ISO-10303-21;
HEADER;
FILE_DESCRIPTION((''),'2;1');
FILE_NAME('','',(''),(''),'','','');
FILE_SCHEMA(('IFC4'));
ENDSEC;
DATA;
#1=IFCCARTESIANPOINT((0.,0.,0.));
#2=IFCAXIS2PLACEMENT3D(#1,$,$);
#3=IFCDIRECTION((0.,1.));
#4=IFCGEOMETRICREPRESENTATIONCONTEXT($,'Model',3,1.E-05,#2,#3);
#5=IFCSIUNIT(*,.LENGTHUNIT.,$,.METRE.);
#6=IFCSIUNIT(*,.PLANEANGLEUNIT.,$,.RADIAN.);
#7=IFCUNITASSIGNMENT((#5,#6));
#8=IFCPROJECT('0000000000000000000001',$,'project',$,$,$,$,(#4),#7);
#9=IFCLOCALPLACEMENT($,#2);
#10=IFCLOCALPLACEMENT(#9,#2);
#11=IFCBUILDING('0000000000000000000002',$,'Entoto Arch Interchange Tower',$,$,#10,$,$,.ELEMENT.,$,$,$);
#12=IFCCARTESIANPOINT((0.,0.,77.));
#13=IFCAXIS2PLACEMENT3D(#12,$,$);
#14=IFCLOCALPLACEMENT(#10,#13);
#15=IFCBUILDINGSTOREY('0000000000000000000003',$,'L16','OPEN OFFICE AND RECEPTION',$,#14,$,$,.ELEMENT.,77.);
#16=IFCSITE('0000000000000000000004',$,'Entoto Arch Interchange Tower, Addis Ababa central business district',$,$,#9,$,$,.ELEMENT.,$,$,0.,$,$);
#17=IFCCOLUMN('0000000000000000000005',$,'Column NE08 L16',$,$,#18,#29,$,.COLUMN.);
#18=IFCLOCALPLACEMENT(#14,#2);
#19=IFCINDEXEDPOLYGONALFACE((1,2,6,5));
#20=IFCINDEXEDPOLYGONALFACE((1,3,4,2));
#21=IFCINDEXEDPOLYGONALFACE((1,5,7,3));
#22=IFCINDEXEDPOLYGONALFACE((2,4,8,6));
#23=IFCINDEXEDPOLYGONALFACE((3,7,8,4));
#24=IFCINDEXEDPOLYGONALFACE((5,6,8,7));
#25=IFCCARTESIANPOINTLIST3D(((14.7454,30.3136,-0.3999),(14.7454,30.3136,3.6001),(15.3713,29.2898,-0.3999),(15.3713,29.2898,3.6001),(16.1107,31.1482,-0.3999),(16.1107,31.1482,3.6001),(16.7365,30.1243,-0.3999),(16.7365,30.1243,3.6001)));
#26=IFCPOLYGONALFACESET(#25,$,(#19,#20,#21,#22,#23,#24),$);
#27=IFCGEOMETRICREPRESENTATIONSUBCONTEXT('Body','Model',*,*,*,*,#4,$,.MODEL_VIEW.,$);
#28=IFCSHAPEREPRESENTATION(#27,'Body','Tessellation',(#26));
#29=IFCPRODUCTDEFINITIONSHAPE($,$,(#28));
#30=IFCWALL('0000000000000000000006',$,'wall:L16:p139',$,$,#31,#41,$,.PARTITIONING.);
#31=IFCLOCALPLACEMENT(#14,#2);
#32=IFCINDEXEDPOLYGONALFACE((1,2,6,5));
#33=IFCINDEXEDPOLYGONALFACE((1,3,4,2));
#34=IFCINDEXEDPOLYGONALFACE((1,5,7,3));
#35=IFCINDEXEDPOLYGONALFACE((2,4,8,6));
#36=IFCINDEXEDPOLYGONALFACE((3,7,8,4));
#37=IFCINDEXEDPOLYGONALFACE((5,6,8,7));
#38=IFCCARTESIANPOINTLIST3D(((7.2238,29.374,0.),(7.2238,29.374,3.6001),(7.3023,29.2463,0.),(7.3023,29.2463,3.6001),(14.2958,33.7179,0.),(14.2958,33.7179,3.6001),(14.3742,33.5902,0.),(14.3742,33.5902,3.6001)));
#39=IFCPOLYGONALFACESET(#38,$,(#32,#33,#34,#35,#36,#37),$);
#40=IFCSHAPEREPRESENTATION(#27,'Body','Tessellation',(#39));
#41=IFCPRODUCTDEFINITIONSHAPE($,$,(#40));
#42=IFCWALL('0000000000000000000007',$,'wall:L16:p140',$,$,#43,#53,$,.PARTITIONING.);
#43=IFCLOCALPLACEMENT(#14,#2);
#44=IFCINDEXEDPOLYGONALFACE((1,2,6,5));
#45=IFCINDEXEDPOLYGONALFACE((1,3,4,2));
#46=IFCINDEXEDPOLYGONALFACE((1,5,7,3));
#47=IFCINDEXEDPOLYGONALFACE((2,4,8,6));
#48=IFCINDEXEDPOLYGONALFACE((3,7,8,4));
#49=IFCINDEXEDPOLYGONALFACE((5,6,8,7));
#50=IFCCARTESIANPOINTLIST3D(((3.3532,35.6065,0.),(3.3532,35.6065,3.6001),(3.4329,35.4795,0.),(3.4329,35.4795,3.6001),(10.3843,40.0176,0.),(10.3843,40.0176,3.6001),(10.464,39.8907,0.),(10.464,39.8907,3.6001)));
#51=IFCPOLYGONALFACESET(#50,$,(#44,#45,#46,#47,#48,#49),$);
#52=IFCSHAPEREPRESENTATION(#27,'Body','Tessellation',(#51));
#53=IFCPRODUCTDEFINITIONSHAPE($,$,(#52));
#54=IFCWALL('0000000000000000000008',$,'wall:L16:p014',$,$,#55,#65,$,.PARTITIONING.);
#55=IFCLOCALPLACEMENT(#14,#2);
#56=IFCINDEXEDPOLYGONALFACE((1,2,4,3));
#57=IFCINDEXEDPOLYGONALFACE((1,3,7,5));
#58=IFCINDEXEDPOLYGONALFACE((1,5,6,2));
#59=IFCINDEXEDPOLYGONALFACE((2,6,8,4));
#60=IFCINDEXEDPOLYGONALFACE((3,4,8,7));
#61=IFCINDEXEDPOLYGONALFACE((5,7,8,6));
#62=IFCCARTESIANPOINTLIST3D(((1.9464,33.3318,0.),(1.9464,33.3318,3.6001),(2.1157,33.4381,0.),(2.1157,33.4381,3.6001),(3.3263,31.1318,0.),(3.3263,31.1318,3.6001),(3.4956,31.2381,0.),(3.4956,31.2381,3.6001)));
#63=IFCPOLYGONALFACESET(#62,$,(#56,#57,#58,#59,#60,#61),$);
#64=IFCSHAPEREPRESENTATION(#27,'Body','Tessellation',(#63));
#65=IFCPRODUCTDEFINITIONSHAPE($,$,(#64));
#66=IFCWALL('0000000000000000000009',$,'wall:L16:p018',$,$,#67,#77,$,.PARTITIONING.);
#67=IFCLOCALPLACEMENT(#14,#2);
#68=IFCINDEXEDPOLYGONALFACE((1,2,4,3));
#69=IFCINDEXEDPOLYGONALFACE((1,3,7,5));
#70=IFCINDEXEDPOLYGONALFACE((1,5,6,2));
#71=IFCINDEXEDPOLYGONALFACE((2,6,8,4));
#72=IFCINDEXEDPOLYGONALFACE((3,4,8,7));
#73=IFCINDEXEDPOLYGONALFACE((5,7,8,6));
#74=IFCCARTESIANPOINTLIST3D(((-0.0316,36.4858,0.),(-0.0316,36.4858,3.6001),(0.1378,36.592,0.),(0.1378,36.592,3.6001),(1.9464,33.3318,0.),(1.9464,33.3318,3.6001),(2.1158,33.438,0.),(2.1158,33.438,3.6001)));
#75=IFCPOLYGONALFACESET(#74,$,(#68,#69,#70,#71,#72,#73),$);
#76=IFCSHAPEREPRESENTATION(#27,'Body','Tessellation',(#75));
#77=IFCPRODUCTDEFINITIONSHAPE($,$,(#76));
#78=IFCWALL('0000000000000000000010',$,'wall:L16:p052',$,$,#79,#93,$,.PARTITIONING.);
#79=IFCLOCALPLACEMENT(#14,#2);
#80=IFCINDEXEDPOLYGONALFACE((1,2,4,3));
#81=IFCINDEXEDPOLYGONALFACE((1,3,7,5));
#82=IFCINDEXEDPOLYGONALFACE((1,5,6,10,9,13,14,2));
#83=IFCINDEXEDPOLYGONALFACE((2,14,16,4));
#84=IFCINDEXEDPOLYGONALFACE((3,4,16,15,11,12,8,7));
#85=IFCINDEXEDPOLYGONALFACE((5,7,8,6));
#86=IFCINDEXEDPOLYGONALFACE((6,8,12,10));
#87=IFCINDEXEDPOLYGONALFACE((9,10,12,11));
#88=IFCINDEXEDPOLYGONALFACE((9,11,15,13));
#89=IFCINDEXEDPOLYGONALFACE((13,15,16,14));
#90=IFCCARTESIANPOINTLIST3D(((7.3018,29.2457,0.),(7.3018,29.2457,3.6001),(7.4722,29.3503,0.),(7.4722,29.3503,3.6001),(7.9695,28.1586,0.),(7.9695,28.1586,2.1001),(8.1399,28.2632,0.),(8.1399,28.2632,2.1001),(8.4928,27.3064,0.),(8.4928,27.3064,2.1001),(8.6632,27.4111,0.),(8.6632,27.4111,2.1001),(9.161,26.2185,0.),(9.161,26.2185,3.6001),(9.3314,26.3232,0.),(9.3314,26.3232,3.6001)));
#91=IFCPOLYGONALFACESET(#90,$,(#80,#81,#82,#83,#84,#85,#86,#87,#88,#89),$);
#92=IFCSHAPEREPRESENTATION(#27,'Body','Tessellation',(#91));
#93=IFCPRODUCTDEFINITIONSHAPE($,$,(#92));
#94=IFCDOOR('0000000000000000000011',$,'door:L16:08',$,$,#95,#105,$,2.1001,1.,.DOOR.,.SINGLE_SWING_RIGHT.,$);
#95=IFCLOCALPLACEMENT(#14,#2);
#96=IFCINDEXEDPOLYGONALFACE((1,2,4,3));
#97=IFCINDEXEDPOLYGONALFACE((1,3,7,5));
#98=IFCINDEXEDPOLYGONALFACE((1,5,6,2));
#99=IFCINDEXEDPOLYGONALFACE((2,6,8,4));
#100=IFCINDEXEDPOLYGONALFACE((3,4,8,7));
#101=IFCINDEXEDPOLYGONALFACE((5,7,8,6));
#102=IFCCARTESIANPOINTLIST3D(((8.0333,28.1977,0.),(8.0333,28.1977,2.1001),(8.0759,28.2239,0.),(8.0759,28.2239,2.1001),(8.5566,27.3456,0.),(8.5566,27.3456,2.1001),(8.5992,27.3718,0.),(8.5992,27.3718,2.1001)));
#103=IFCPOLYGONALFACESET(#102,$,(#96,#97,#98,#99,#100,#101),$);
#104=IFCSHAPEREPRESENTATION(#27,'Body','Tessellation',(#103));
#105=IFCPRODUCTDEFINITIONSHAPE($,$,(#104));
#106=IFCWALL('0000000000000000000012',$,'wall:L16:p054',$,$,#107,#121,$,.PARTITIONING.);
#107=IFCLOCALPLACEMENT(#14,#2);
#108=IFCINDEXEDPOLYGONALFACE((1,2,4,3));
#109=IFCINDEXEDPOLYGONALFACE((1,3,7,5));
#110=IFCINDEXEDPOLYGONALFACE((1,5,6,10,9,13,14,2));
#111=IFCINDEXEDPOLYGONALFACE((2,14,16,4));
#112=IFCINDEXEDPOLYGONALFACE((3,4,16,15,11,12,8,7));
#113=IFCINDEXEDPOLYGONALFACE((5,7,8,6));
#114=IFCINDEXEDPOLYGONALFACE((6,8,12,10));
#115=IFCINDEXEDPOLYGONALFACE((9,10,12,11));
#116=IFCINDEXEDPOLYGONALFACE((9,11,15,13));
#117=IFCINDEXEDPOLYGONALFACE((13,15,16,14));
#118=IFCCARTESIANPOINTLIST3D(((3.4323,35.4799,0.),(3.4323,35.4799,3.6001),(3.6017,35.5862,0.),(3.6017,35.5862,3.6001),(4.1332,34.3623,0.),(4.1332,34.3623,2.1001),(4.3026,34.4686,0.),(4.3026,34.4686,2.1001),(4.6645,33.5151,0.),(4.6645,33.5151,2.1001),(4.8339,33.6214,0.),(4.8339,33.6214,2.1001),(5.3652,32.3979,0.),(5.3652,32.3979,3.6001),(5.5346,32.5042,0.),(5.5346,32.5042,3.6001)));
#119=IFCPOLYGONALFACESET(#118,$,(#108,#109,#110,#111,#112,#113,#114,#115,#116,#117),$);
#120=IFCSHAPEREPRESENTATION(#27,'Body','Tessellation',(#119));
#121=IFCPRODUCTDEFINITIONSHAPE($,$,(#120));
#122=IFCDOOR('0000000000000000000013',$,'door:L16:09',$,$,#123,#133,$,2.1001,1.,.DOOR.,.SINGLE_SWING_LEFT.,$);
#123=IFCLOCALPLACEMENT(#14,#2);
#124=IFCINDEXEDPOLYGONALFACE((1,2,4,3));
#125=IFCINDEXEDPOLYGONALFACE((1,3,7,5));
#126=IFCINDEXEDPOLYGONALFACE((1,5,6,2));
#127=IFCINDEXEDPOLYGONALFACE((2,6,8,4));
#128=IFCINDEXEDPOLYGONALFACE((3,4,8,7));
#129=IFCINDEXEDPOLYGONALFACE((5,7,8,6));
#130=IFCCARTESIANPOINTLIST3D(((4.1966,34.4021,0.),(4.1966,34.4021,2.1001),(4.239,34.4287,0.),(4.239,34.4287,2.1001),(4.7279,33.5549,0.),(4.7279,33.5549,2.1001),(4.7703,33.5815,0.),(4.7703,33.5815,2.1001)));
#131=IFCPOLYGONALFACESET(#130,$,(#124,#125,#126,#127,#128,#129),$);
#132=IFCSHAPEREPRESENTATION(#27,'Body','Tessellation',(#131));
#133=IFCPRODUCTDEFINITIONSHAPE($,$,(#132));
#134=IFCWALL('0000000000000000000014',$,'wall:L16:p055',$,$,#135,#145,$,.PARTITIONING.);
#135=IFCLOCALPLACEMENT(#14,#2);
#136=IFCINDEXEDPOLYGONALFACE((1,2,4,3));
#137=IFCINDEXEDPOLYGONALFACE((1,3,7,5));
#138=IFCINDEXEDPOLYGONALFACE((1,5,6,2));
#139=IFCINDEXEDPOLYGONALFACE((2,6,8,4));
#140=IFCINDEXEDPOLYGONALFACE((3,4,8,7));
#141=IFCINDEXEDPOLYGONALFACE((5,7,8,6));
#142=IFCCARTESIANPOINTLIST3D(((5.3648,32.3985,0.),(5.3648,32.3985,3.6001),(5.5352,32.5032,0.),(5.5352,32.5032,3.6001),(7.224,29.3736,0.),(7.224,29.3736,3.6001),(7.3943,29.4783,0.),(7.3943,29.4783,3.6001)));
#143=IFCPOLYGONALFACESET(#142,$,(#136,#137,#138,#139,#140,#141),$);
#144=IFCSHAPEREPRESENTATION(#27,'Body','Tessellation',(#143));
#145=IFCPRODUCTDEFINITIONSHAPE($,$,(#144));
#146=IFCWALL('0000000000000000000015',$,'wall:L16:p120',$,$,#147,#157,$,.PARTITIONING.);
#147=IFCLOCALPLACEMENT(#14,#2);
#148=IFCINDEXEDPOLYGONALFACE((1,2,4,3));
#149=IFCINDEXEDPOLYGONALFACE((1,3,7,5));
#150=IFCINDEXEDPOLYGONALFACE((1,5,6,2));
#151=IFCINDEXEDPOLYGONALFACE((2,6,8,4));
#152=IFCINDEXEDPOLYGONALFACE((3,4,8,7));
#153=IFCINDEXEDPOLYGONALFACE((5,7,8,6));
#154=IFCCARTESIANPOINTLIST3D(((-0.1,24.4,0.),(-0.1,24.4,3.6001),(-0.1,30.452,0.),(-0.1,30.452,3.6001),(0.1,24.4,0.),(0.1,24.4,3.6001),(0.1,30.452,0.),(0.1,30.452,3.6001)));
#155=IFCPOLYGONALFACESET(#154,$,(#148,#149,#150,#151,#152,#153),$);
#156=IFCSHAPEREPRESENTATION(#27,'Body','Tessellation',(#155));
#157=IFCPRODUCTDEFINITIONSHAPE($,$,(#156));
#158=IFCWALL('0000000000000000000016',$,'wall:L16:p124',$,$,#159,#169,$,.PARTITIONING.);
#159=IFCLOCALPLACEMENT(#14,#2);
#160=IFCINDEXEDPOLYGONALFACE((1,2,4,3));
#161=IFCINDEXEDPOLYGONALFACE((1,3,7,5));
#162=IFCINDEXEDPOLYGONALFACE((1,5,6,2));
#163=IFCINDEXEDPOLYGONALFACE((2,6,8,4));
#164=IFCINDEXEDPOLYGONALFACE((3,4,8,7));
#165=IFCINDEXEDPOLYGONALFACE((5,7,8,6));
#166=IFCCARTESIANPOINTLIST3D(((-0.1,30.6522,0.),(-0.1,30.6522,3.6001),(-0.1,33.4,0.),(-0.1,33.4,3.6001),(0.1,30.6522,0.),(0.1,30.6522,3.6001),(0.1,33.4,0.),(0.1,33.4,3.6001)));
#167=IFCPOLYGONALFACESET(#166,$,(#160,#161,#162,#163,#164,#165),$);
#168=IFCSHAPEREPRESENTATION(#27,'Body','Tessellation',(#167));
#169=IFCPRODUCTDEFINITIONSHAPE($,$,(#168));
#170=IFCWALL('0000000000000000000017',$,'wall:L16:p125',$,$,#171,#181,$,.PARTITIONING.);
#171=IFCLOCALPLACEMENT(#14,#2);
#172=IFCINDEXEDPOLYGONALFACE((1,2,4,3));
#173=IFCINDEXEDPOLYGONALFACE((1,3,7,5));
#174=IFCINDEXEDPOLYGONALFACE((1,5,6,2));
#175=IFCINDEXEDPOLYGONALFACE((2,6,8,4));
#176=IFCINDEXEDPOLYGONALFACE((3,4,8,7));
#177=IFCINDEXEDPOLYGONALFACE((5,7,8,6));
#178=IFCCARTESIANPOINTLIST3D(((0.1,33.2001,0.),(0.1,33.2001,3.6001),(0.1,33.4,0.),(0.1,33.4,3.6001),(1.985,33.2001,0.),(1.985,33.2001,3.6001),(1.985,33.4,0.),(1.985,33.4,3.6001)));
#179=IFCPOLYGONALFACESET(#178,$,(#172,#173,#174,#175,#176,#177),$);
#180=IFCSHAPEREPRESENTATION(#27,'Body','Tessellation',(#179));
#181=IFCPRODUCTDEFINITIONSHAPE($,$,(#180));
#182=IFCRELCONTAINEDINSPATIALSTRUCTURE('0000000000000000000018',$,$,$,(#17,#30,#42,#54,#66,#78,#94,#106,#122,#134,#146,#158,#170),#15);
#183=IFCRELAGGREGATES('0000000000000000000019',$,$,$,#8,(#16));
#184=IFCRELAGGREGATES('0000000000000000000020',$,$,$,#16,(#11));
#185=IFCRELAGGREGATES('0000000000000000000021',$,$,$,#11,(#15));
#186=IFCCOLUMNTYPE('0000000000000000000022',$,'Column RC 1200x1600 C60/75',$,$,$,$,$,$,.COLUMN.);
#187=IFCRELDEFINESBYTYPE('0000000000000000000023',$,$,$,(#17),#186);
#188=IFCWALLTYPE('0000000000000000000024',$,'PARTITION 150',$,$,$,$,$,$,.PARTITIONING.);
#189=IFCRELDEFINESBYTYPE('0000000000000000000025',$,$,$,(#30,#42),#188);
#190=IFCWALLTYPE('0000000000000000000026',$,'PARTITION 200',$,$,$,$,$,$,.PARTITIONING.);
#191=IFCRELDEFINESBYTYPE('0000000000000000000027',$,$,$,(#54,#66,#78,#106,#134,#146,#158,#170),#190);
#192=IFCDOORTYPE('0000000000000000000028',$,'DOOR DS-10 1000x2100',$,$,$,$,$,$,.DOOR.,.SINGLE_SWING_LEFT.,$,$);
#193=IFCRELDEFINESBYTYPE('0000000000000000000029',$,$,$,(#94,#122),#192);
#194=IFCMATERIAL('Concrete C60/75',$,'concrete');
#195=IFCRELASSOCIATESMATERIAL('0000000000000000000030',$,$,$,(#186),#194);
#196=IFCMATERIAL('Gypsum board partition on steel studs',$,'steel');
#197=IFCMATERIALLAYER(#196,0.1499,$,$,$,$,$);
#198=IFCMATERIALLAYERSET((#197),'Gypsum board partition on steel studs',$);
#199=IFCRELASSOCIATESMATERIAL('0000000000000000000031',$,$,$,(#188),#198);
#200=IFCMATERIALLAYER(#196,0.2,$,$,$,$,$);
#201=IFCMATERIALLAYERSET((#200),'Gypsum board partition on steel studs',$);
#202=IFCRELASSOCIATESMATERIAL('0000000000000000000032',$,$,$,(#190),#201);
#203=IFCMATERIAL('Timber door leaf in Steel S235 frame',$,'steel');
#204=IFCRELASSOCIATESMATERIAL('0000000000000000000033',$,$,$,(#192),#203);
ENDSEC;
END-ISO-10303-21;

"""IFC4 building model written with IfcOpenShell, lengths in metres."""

from ifc_helpers import new_model, si_unit, direction, frame, frame_2d, origin, origin_2d, place, context, subcontext, project, spatial, rectangle, extrude, material, layer, layer_set, material_profile, profile_set, type_object, element, fill, save


model = new_model("IFC4")

# Units and contexts
model_context = context("Model", 3, precision=1e-05, world=origin(), true_north=direction((0.0, 1.0)))
body_context = subcontext(model_context, "Body", "Model", "MODEL_VIEW")
ifc_project = project(units=[si_unit("LENGTHUNIT", "METRE"), si_unit("PLANEANGLEUNIT", "RADIAN")], contexts=[model_context])

# Site, building, storey
site_placement = place(None, origin())
site = spatial("IfcSite", under=ifc_project, at=site_placement, Name="Entoto Arch Interchange Tower, Addis Ababa central business district", CompositionType="ELEMENT", RefElevation=0.0)
building_placement = place(site_placement, origin())
building = spatial("IfcBuilding", under=site, at=building_placement, Name="Entoto Arch Interchange Tower", CompositionType="ELEMENT")
storey_placement = place(building_placement, frame((0.0, 0.0, 77.0)))
storey = spatial("IfcBuildingStorey", under=building, at=storey_placement, Name="L16", Description="OPEN OFFICE AND RECEPTION", CompositionType="ELEMENT", Elevation=77.0)

# Column
ifc_material_1 = material(Name="Concrete C60/75", Category="concrete")
ifc_material_profile = material_profile(ifc_material_1, rectangle(XDim=1.2, YDim=1.6001, at=origin_2d()))
ifc_profile_set = profile_set([ifc_material_profile], Name="Concrete C60/75")
column_type = type_object("IfcColumnType", Name="Column RC 1200x1600 C60/75", PredefinedType="COLUMN", material=ifc_profile_set)
column_placement = place(storey_placement, frame((15.741, 30.219, -0.3999), z_axis=(0.0, 0.0, 1.0), x_axis=(-0.521546, 0.853223, 0.0)))
element("IfcColumn", 1, at=column_placement, inside=storey, type_object=column_type, Name="Column NE08 L16", PredefinedType="COLUMN", context=body_context, shape_type="SweptSolid", body=[
    extrude(rectangle(XDim=1.2, YDim=1.6001, at=origin_2d()), origin(), (0.0, 0.0, 1.0), 4.0),
])

# Walls
ifc_material_2 = material(Name="Gypsum board partition on steel studs", Category="steel")
ifc_layer_1 = layer(ifc_material_2, 0.1499)
ifc_layer_set_1 = layer_set([ifc_layer_1], Name="Gypsum board partition on steel studs")
wall_type_1 = type_object("IfcWallType", Name="PARTITION 150", PredefinedType="PARTITIONING", material=ifc_layer_set_1)
wall_1_placement = place(storey_placement, frame((7.2629, 29.3101, 0.0), z_axis=(0.0, 0.0, 1.0), x_axis=(0.852089, 0.523396, 0.0)))
element("IfcWall", 2, at=wall_1_placement, inside=storey, type_object=wall_type_1, Name="wall:L16:p139", PredefinedType="PARTITIONING", context=body_context, shape_type="SweptSolid", body=[
    extrude(rectangle(XDim=8.2996, YDim=0.1499, at=frame_2d((4.1499, 0.0))), origin(), (0.0, 0.0, 1.0), 3.6001),
])
wall_2_placement = place(storey_placement, frame((3.3931, 35.543, 0.0), z_axis=(0.0, 0.0, 1.0), x_axis=(0.84709, 0.53145, 0.0)))
element("IfcWall", 3, at=wall_2_placement, inside=storey, type_object=wall_type_1, Name="wall:L16:p140", PredefinedType="PARTITIONING", context=body_context, shape_type="SweptSolid", body=[
    extrude(rectangle(XDim=8.3003, YDim=0.1499, at=frame_2d((4.1501, 0.0))), origin(), (0.0, 0.0, 1.0), 3.6001),
])
ifc_layer_2 = layer(ifc_material_2, 0.2)
ifc_layer_set_2 = layer_set([ifc_layer_2], Name="Gypsum board partition on steel studs")
wall_type_2 = type_object("IfcWallType", Name="PARTITION 200", PredefinedType="PARTITIONING", material=ifc_layer_set_2)
wall_3_placement = place(storey_placement, frame((3.4109, 31.1851, 0.0), z_axis=(0.0, 0.0, 1.0), x_axis=(-0.531359, 0.847147, 0.0)))
element("IfcWall", 4, at=wall_3_placement, inside=storey, type_object=wall_type_2, Name="wall:L16:p014", PredefinedType="PARTITIONING", context=body_context, shape_type="SweptSolid", body=[
    extrude(rectangle(XDim=2.5969, YDim=0.2, at=frame_2d((1.2983, 0.0))), origin(), (0.0, 0.0, 1.0), 3.6001),
])
wall_4_placement = place(storey_placement, frame((2.031, 33.385, 0.0), z_axis=(0.0, 0.0, 1.0), x_axis=(-0.531301, 0.847183, 0.0)))
element("IfcWall", 5, at=wall_4_placement, inside=storey, type_object=wall_type_2, Name="wall:L16:p018", PredefinedType="PARTITIONING", context=body_context, shape_type="SweptSolid", body=[
    extrude(rectangle(XDim=3.7229, YDim=0.2, at=frame_2d((1.8613, 0.0))), origin(), (0.0, 0.0, 1.0), 3.6001),
])

# Walls, openings, doors
wall_5_placement = place(storey_placement, frame((7.387, 29.2981, 0.0), z_axis=(0.0, 0.0, 1.0), x_axis=(0.523342, -0.852123, 0.0)))
wall_5 = element("IfcWall", 6, at=wall_5_placement, inside=storey, type_object=wall_type_2, Name="wall:L16:p052", PredefinedType="PARTITIONING", context=body_context, shape_type="SweptSolid", body=[
    extrude(rectangle(XDim=3.5525, YDim=0.2, at=frame_2d((1.7764, 0.0))), origin(), (0.0, 0.0, 1.0), 3.6001),
])
opening_1_placement = place(wall_5_placement, frame((1.2759, 0.0, 0.0)))
opening_1 = element("IfcOpeningElement", 7, at=opening_1_placement, cuts=wall_5, PredefinedType="OPENING", context=body_context, shape_type="SweptSolid", body=[
    extrude(rectangle(XDim=1.0, YDim=2.1001, at=frame_2d((0.5, 1.05))), frame((0.0, 0.1099, 0.0), z_axis=(0.0, -1.0, 0.0), x_axis=(1.0, 0.0, 0.0)), (0.0, 0.0, 1.0), 0.22),
])
ifc_material_3 = material(Name="Timber door leaf in Steel S235 frame", Category="steel")
door_type = type_object("IfcDoorType", Name="DOOR DS-10 1000x2100", OperationType="SINGLE_SWING_LEFT", PredefinedType="DOOR", material=ifc_material_3)
door_1_placement = place(opening_1_placement, origin())
door_1 = element("IfcDoor", 8, at=door_1_placement, inside=storey, type_object=door_type, Name="door:L16:08", OperationType="SINGLE_SWING_RIGHT", OverallHeight=2.1001, OverallWidth=1.0, PredefinedType="DOOR", context=body_context, shape_type="SweptSolid", body=[
    extrude(rectangle(XDim=1.0, YDim=2.1001, at=frame_2d((0.5, 1.05))), frame((0.0, 0.0249, 0.0), z_axis=(0.0, -1.0, 0.0), x_axis=(1.0, 0.0, 0.0)), (0.0, 0.0, 1.0), 0.05),
])
fill(opening_1, door_1)
wall_6_placement = place(storey_placement, frame((3.5171, 35.533, 0.0), z_axis=(0.0, 0.0, 1.0), x_axis=(0.531301, -0.847183, 0.0)))
wall_6 = element("IfcWall", 9, at=wall_6_placement, inside=storey, type_object=wall_type_2, Name="wall:L16:p054", PredefinedType="PARTITIONING", context=body_context, shape_type="SweptSolid", body=[
    extrude(rectangle(XDim=3.6379, YDim=0.2, at=frame_2d((1.8188, 0.0))), origin(), (0.0, 0.0, 1.0), 3.6001),
])
opening_2_placement = place(wall_6_placement, frame((1.3191, 0.0, 0.0)))
opening_2 = element("IfcOpeningElement", 10, at=opening_2_placement, cuts=wall_6, PredefinedType="OPENING", context=body_context, shape_type="SweptSolid", body=[
    extrude(rectangle(XDim=1.0, YDim=2.1001, at=frame_2d((0.5, 1.05))), frame((0.0, 0.1099, 0.0), z_axis=(0.0, -1.0, 0.0), x_axis=(1.0, 0.0, 0.0)), (0.0, 0.0, 1.0), 0.22),
])
door_2_placement = place(opening_2_placement, origin())
door_2 = element("IfcDoor", 11, at=door_2_placement, inside=storey, type_object=door_type, Name="door:L16:09", OperationType="SINGLE_SWING_LEFT", OverallHeight=2.1001, OverallWidth=1.0, PredefinedType="DOOR", context=body_context, shape_type="SweptSolid", body=[
    extrude(rectangle(XDim=1.0, YDim=2.1001, at=frame_2d((0.5, 1.05))), frame((0.0, 0.0249, 0.0), z_axis=(0.0, -1.0, 0.0), x_axis=(1.0, 0.0, 0.0)), (0.0, 0.0, 1.0), 0.05),
])
fill(opening_2, door_2)

# Walls
wall_7_placement = place(storey_placement, frame((5.45, 32.4509, 0.0), z_axis=(0.0, 0.0, 1.0), x_axis=(0.523618, -0.851953, 0.0)))
element("IfcWall", 12, at=wall_7_placement, inside=storey, type_object=wall_type_2, Name="wall:L16:p055", PredefinedType="PARTITIONING", context=body_context, shape_type="SweptSolid", body=[
    extrude(rectangle(XDim=3.5505, YDim=0.2, at=frame_2d((1.7754, 0.0))), origin(), (0.0, 0.0, 1.0), 3.6001),
])
wall_8_placement = place(storey_placement, frame((0.0, 30.4519, 0.0), z_axis=(0.0, 0.0, 1.0), x_axis=(0.0, -1.0, 0.0)))
element("IfcWall", 13, at=wall_8_placement, inside=storey, type_object=wall_type_2, Name="wall:L16:p120", PredefinedType="PARTITIONING", context=body_context, shape_type="SweptSolid", body=[
    extrude(rectangle(XDim=6.052, YDim=0.2, at=frame_2d((3.0259, 0.0))), origin(), (0.0, 0.0, 1.0), 3.6001),
])
wall_9_placement = place(storey_placement, frame((0.0, 30.6521, 0.0), z_axis=(0.0, 0.0, 1.0), x_axis=(0.0, 1.0, 0.0)))
element("IfcWall", 14, at=wall_9_placement, inside=storey, type_object=wall_type_2, Name="wall:L16:p124", PredefinedType="PARTITIONING", context=body_context, shape_type="SweptSolid", body=[
    extrude(rectangle(XDim=2.7478, YDim=0.2, at=frame_2d((1.374, 0.0))), origin(), (0.0, 0.0, 1.0), 3.6001),
])
wall_10_placement = place(storey_placement, frame((0.1001, 33.3, 0.0), z_axis=(0.0, 0.0, 1.0), x_axis=(1.0, 0.0, 0.0)))
element("IfcWall", 15, at=wall_10_placement, inside=storey, type_object=wall_type_2, Name="wall:L16:p125", PredefinedType="PARTITIONING", context=body_context, shape_type="SweptSolid", body=[
    extrude(rectangle(XDim=1.885, YDim=0.2, at=frame_2d((0.9424, 0.0))), origin(), (0.0, 0.0, 1.0), 3.6001),
])

save(model, "model.ifc")
